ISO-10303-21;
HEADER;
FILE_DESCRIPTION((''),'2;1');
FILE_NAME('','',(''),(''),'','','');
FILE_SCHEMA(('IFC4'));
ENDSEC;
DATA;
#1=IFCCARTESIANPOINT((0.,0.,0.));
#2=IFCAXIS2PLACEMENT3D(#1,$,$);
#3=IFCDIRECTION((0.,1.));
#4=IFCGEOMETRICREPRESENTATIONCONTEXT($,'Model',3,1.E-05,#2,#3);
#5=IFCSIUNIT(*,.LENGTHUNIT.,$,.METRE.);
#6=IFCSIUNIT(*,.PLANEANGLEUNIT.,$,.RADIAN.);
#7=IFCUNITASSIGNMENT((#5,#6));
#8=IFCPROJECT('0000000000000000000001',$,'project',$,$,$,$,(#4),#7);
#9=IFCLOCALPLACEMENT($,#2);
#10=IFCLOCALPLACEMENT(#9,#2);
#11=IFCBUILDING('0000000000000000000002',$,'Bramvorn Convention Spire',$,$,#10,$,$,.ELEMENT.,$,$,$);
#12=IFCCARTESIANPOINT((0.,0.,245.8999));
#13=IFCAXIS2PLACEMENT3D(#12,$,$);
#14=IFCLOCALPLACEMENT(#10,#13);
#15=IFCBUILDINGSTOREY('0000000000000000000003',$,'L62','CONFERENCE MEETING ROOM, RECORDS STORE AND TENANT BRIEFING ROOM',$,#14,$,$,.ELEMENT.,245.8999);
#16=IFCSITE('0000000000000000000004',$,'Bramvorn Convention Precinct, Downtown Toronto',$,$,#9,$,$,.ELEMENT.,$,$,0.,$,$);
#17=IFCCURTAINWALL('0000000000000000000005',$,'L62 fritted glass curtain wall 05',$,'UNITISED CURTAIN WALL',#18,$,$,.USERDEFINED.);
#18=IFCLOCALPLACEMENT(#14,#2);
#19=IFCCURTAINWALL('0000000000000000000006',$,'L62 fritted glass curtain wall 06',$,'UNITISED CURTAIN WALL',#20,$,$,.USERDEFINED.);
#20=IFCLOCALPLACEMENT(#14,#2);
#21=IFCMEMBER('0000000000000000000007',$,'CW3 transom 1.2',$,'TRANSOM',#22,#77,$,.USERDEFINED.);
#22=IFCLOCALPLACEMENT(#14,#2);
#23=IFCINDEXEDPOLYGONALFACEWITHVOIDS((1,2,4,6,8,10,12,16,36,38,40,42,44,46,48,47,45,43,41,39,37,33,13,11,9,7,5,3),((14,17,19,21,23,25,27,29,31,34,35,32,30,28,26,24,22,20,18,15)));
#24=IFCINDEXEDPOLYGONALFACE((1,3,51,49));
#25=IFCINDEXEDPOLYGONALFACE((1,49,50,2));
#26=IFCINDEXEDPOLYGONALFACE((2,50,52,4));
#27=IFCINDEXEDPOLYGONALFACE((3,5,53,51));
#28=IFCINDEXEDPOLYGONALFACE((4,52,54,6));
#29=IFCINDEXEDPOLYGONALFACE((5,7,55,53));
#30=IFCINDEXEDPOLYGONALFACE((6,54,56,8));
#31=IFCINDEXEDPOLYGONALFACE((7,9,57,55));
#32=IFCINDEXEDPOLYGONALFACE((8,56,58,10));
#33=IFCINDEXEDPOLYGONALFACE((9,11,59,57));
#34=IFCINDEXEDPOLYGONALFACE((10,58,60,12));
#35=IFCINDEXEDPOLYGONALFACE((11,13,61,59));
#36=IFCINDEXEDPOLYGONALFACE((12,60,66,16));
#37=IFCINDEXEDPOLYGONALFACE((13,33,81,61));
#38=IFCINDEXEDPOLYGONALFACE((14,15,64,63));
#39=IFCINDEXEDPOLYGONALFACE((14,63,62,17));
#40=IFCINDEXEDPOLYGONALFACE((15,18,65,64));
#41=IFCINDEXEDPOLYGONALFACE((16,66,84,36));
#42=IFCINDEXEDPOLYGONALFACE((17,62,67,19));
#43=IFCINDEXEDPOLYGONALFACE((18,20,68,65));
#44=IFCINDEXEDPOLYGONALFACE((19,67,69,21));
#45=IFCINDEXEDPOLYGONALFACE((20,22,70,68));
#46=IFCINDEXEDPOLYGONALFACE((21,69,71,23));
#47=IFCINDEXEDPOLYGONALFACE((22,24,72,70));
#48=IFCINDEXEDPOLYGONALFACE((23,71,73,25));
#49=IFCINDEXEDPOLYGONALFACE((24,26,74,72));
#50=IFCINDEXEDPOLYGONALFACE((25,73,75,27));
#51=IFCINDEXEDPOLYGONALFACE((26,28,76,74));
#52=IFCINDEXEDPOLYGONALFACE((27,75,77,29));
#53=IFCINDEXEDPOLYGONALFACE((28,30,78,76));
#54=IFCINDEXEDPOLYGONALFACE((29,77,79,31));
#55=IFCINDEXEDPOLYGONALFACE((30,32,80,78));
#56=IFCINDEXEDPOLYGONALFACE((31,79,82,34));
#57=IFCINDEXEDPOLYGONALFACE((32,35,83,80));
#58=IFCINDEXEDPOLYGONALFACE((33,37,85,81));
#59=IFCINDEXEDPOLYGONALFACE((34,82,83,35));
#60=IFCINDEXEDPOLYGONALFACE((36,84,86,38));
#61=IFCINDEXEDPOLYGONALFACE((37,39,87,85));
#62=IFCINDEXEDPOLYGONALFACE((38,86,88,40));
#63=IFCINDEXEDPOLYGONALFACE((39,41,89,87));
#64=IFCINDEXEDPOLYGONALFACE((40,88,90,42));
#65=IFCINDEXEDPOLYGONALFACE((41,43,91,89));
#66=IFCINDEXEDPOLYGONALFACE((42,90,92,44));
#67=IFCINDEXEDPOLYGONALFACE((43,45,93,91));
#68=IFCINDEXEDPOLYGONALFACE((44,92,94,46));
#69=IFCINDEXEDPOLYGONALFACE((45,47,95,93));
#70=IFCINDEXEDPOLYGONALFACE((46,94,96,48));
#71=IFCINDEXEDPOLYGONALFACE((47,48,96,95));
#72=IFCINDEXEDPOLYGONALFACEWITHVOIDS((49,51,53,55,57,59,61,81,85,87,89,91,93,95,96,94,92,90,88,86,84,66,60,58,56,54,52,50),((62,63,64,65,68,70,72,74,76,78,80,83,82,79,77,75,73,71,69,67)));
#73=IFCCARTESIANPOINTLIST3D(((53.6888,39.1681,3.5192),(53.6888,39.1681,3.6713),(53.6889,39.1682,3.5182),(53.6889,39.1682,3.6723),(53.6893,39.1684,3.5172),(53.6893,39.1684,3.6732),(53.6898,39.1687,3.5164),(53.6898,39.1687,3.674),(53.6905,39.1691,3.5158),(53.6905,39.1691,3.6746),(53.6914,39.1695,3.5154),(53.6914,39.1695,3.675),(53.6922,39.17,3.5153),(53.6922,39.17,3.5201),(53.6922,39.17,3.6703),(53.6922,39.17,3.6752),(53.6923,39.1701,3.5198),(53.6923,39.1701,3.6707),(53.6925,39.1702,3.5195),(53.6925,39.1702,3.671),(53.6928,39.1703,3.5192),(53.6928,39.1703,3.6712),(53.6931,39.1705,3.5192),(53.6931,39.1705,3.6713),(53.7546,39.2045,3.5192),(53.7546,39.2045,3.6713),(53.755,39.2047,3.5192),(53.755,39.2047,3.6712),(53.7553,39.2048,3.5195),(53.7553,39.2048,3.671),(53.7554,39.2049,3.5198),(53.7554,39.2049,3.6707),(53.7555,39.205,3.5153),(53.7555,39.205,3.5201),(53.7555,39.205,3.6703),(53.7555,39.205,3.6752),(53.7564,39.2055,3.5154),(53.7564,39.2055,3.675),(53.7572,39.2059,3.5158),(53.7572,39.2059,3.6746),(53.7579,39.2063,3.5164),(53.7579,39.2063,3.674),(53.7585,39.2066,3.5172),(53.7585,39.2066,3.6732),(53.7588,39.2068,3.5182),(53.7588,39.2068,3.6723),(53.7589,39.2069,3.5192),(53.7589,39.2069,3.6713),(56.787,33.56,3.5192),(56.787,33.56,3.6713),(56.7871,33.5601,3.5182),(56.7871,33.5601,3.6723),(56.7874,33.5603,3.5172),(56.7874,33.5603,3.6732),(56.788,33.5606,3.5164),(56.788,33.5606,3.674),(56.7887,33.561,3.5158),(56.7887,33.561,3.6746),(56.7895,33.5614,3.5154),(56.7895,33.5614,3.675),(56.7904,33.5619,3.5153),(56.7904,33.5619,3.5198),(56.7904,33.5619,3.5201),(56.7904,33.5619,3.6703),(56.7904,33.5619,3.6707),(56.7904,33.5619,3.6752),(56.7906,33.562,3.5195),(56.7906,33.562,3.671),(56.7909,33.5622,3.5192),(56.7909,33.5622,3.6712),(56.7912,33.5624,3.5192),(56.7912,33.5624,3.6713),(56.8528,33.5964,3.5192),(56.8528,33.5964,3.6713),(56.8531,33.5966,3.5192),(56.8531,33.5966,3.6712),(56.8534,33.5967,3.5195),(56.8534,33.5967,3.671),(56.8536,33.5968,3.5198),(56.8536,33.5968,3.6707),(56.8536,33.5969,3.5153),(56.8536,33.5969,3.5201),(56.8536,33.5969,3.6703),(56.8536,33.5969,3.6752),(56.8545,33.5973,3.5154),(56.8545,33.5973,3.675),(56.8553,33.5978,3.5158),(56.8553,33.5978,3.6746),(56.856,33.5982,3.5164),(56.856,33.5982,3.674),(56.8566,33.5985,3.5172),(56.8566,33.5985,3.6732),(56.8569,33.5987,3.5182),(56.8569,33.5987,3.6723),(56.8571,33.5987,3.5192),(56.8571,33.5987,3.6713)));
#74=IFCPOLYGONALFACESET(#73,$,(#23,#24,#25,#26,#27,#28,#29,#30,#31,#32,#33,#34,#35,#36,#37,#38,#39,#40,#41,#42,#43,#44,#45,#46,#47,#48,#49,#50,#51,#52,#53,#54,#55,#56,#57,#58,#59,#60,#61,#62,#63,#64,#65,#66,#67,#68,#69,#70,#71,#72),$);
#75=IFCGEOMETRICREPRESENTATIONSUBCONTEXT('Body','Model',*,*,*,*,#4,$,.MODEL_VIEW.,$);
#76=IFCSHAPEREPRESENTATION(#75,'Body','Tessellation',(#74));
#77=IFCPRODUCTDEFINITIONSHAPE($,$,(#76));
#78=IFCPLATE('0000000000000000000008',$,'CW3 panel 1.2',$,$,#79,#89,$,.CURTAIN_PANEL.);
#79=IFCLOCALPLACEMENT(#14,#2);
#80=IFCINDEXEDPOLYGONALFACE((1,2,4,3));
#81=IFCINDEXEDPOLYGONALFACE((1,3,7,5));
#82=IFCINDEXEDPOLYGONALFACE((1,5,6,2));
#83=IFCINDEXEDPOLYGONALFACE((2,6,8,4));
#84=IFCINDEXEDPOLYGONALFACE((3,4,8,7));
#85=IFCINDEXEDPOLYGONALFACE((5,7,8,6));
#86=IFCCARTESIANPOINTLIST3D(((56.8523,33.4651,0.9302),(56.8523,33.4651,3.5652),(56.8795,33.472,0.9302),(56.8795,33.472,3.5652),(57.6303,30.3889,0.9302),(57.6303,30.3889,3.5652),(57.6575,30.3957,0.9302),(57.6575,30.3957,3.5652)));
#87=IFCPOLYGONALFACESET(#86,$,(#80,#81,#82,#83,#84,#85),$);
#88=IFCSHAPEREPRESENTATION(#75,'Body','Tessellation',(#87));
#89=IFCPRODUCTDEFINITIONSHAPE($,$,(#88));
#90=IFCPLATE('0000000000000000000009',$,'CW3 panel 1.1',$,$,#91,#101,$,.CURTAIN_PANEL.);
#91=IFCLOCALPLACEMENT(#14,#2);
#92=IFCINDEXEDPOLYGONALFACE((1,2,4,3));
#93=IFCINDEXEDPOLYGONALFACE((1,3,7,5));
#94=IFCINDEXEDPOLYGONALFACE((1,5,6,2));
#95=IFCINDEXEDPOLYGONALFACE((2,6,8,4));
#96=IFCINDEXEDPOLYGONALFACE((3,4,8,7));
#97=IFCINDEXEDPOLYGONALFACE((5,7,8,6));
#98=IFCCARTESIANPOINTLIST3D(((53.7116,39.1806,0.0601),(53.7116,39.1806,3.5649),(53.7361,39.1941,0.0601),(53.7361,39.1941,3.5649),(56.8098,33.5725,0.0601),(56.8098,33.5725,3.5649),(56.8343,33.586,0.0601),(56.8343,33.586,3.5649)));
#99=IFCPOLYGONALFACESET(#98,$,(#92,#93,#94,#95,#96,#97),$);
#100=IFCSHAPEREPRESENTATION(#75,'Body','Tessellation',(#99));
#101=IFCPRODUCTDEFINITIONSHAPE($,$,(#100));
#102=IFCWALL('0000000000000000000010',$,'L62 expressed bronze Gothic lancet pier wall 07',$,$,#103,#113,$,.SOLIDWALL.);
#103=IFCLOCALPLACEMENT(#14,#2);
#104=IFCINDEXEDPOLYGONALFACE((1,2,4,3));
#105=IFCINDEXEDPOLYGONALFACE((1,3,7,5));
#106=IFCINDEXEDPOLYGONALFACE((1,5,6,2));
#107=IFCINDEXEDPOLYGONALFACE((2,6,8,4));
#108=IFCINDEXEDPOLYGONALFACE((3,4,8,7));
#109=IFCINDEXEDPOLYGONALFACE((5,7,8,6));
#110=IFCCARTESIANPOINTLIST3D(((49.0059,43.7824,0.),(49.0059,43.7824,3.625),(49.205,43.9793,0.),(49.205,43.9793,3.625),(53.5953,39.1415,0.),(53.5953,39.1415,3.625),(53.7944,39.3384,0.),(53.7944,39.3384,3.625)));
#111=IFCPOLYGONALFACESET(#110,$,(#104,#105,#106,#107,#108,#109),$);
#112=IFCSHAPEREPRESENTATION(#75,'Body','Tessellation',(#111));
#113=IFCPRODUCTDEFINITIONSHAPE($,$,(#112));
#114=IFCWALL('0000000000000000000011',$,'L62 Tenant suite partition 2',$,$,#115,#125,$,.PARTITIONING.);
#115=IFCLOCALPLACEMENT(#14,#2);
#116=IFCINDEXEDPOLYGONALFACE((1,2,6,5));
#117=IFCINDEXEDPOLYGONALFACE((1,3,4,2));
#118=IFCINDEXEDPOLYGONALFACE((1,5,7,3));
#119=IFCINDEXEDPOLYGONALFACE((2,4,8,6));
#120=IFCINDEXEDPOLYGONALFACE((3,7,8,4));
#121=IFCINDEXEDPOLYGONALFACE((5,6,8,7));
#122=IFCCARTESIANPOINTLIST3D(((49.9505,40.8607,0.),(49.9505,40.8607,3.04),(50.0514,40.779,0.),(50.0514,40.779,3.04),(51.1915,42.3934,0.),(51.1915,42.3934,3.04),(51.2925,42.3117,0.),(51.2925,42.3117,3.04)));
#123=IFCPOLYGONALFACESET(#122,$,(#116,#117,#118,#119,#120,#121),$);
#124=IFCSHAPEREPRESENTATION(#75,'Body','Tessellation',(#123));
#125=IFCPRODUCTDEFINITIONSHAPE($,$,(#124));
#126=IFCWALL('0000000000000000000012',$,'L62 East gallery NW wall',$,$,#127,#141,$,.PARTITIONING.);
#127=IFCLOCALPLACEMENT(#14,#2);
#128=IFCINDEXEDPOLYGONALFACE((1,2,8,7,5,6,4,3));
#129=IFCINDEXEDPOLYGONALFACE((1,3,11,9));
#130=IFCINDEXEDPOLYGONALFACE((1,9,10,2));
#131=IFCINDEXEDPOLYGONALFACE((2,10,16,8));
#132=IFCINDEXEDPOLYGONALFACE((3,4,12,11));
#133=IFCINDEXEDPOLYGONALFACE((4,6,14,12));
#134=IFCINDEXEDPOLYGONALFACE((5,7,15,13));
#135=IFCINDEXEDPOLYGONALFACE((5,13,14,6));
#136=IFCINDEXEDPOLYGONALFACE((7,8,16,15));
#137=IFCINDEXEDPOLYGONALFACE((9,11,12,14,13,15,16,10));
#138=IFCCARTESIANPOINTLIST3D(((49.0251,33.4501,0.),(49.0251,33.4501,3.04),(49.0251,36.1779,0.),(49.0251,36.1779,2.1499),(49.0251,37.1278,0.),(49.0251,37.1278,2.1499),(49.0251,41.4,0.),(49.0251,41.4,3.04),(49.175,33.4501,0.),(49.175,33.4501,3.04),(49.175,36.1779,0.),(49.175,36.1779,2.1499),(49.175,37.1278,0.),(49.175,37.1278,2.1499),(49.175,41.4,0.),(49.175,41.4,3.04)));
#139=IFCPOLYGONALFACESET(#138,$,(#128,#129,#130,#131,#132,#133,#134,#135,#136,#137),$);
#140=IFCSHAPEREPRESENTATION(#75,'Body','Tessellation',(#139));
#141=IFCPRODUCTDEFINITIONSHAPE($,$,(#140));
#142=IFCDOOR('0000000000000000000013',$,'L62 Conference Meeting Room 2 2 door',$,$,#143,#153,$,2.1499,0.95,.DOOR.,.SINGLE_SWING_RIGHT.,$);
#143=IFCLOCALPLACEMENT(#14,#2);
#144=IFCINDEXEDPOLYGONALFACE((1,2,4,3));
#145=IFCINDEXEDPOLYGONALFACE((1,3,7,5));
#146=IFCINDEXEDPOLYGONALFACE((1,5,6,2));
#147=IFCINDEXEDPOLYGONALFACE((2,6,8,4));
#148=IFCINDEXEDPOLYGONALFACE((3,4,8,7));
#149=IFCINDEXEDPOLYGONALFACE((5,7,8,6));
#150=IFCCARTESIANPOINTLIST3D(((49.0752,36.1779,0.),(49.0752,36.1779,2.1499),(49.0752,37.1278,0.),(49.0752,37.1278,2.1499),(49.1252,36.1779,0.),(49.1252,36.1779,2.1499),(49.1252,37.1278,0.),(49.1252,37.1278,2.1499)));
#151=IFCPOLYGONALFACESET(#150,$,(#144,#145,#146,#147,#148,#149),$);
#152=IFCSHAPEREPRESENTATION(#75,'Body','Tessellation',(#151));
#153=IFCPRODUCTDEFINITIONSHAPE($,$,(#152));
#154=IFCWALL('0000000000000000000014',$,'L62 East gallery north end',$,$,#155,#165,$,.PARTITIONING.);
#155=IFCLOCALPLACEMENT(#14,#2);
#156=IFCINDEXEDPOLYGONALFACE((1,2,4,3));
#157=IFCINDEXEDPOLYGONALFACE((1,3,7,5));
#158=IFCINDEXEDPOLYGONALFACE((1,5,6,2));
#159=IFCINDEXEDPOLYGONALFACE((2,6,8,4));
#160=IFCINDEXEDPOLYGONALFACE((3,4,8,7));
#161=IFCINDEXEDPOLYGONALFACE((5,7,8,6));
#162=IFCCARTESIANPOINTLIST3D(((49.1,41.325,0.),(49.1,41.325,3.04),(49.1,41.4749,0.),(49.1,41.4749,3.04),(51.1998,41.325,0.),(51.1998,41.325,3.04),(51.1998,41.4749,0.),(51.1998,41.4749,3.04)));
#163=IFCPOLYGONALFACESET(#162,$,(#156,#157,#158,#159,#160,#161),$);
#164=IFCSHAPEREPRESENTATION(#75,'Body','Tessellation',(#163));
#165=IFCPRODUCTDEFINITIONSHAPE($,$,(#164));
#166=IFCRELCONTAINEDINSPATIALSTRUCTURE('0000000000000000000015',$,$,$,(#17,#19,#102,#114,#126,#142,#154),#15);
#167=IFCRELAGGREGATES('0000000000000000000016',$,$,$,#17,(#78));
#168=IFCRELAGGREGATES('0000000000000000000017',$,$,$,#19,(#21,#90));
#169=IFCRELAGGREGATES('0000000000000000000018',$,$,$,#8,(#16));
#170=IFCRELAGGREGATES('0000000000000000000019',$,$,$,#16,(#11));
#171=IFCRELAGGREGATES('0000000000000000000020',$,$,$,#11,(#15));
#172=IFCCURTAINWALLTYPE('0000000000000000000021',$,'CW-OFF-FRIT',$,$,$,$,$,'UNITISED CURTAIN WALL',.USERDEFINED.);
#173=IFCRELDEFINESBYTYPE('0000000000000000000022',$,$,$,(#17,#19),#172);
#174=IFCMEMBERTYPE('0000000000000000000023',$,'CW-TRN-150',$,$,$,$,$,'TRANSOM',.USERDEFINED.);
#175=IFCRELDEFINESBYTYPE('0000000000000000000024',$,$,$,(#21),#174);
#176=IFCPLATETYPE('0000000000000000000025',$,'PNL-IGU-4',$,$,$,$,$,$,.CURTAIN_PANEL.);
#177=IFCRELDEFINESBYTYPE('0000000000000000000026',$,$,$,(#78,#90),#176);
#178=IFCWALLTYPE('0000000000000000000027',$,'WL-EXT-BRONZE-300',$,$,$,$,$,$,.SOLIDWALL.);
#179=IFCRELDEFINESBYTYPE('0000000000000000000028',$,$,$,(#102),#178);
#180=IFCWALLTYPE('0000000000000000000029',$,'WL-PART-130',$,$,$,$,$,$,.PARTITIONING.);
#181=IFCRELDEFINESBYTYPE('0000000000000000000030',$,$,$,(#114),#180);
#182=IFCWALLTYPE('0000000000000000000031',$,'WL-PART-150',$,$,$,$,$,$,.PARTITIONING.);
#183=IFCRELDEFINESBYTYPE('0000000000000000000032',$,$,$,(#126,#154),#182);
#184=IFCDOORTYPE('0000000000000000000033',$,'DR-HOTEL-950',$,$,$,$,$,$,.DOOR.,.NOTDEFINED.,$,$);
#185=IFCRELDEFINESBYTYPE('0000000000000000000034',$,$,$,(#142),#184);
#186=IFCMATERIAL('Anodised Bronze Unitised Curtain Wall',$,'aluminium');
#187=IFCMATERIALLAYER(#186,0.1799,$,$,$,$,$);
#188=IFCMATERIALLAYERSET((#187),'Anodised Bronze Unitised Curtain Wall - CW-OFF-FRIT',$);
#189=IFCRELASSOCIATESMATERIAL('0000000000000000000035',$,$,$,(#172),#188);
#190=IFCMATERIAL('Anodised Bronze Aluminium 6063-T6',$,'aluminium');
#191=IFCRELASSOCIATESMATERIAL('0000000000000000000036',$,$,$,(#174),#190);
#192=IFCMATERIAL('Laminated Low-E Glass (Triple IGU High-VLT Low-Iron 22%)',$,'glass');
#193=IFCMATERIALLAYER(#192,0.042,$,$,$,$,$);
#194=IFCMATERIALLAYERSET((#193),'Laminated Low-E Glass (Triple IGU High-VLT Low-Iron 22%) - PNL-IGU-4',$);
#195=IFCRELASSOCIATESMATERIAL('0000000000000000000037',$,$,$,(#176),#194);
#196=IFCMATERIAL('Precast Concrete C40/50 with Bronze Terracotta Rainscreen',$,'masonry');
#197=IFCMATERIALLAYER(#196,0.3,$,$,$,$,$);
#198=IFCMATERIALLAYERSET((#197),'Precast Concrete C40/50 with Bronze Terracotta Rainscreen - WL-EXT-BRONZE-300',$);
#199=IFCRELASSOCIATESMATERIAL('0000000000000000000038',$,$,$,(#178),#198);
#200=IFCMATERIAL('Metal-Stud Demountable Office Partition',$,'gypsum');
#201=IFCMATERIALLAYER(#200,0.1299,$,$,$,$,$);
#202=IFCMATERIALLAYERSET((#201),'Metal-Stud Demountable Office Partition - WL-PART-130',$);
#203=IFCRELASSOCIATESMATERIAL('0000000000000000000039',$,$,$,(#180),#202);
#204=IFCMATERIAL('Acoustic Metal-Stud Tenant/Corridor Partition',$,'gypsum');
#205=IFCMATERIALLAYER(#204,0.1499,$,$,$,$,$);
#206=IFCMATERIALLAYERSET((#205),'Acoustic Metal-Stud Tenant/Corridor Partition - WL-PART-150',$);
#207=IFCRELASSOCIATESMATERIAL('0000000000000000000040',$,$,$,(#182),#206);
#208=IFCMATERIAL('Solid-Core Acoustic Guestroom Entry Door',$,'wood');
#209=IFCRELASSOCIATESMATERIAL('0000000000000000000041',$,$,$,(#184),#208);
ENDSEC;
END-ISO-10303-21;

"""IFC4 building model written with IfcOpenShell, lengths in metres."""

from ifc_helpers import new_model, si_unit, direction, frame, frame_2d, origin, origin_2d, place, context, subcontext, project, spatial, rectangle, hollow_rectangle, extrude, material, layer, layer_set, material_profile, profile_set, type_object, element, fill, aggregate, save


model = new_model("IFC4")

# Units and contexts
model_context = context("Model", 3, precision=1e-05, world=origin(), true_north=direction((0.0, 1.0)))
body_context = subcontext(model_context, "Body", "Model", "MODEL_VIEW")
ifc_project = project(units=[si_unit("LENGTHUNIT", "METRE"), si_unit("PLANEANGLEUNIT", "RADIAN")], contexts=[model_context])

# Site, building, storey
site_placement = place(None, origin())
site = spatial("IfcSite", under=ifc_project, at=site_placement, Name="Bramvorn Convention Precinct, Downtown Toronto", CompositionType="ELEMENT", RefElevation=0.0)
building_placement = place(site_placement, origin())
building = spatial("IfcBuilding", under=site, at=building_placement, Name="Bramvorn Convention Spire", CompositionType="ELEMENT")
storey_placement = place(building_placement, frame((0.0, 0.0, 245.8999)))
storey = spatial("IfcBuildingStorey", under=building, at=storey_placement, Name="L62", Description="CONFERENCE MEETING ROOM, RECORDS STORE AND TENANT BRIEFING ROOM", CompositionType="ELEMENT", Elevation=245.8999)

# Curtain wall
ifc_material_1 = material(Name="Anodised Bronze Unitised Curtain Wall", Category="aluminium")
ifc_layer_1 = layer(ifc_material_1, 0.1799)
ifc_layer_set_1 = layer_set([ifc_layer_1], Name="Anodised Bronze Unitised Curtain Wall - CW-OFF-FRIT")
curtain_wall_type = type_object("IfcCurtainWallType", Name="CW-OFF-FRIT", ElementType="UNITISED CURTAIN WALL", PredefinedType="USERDEFINED", material=ifc_layer_set_1)
curtain_wall_1_placement = place(storey_placement, origin())
curtain_wall_1 = element("IfcCurtainWall", 1, at=curtain_wall_1_placement, inside=storey, type_object=curtain_wall_type, Name="L62 fritted glass curtain wall 05", ObjectType="UNITISED CURTAIN WALL", PredefinedType="USERDEFINED")
ifc_material_2 = material(Name="Anodised Bronze Aluminium 6063-T6", Category="aluminium")

# Curtain wall
curtain_wall_2_placement = place(storey_placement, origin())
curtain_wall_2 = element("IfcCurtainWall", 2, at=curtain_wall_2_placement, inside=storey, type_object=curtain_wall_type, Name="L62 fritted glass curtain wall 06", ObjectType="UNITISED CURTAIN WALL", PredefinedType="USERDEFINED")

# Member
ifc_material_profile_1 = material_profile(ifc_material_2, hollow_rectangle(XDim=0.0801, YDim=0.1599, WallThickness=0.0039, InnerFilletRadius=0.001, OuterFilletRadius=0.0039, at=origin_2d()))
ifc_profile_set_1 = profile_set([ifc_material_profile_1], Name="Anodised Bronze Aluminium 6063-T6 - CWT80X160")
member_type_1 = type_object("IfcMemberType", Name="CW-TRN-150", ElementType="TRANSOM", PredefinedType="USERDEFINED", material=ifc_profile_set_1)
member_1_placement = place(storey_placement, frame((53.7239, 39.1875, 3.5952), z_axis=(0.483555, -0.875314, 0.0), x_axis=(0.875314, 0.483555, 0.0)))
member_1 = element("IfcMember", 3, at=member_1_placement, type_object=member_type_1, Name="CW3 transom 1.2", ObjectType="TRANSOM", PredefinedType="USERDEFINED", context=body_context, shape_type="SweptSolid", body=[
    extrude(hollow_rectangle(XDim=0.0801, YDim=0.1599, WallThickness=0.0039, InnerFilletRadius=0.001, OuterFilletRadius=0.0039, at=origin_2d()), origin(), (0.0, 0.0, 1.0), 6.407),
])

# Plates
ifc_material_3 = material(Name="Laminated Low-E Glass (Triple IGU High-VLT Low-Iron 22%)", Category="glass")
ifc_layer_2 = layer(ifc_material_3, 0.042)
ifc_layer_set_2 = layer_set([ifc_layer_2], Name="Laminated Low-E Glass (Triple IGU High-VLT Low-Iron 22%) - PNL-IGU-4")
plate_type = type_object("IfcPlateType", Name="PNL-IGU-4", PredefinedType="CURTAIN_PANEL", material=ifc_layer_set_2)
plate_1_placement = place(storey_placement, frame((57.2549, 31.9304, 0.9302), z_axis=(0.0, 0.0, 1.0), x_axis=(0.245181, -0.969477, 0.0)))
plate_1 = element("IfcPlate", 4, at=plate_1_placement, type_object=plate_type, Name="CW3 panel 1.2", PredefinedType="CURTAIN_PANEL", context=body_context, shape_type="SweptSolid", body=[
    extrude(rectangle(XDim=3.1731, YDim=0.0281, at=origin_2d()), origin(), (0.0, 0.0, 1.0), 2.635),
])
aggregate(curtain_wall_1, [plate_1])
plate_2_placement = place(storey_placement, frame((55.2729, 36.3833, 0.0601), z_axis=(0.0, 0.0, 1.0), x_axis=(0.483564, -0.875309, 0.0)))
plate_2 = element("IfcPlate", 5, at=plate_2_placement, type_object=plate_type, Name="CW3 panel 1.1", PredefinedType="CURTAIN_PANEL", context=body_context, shape_type="SweptSolid", body=[
    extrude(rectangle(XDim=6.407, YDim=0.0281, at=origin_2d()), origin(), (0.0, 0.0, 1.0), 3.5049),
])
aggregate(curtain_wall_2, [member_1, plate_2])

# Walls
ifc_material_4 = material(Name="Precast Concrete C40/50 with Bronze Terracotta Rainscreen", Category="masonry")
ifc_layer_3 = layer(ifc_material_4, 0.3)
ifc_layer_set_3 = layer_set([ifc_layer_3], Name="Precast Concrete C40/50 with Bronze Terracotta Rainscreen - WL-EXT-BRONZE-300")
wall_type_1 = type_object("IfcWallType", Name="WL-EXT-BRONZE-300", PredefinedType="SOLIDWALL", material=ifc_layer_set_3)
wall_1_placement = place(storey_placement, frame((49.1055, 43.8809, 0.0), z_axis=(0.0, 0.0, 1.0), x_axis=(0.703149, -0.711042, 0.0)))
element("IfcWall", 6, at=wall_1_placement, inside=storey, type_object=wall_type_1, Name="L62 expressed bronze Gothic lancet pier wall 07", PredefinedType="SOLIDWALL", context=body_context, shape_type="SweptSolid", body=[
    extrude(rectangle(XDim=6.5269, YDim=0.28, at=frame_2d((3.2634, 0.0))), origin(), (0.0, 0.0, 1.0), 3.625),
])
ifc_material_5 = material(Name="Metal-Stud Demountable Office Partition", Category="gypsum")
ifc_layer_4 = layer(ifc_material_5, 0.1299)
ifc_layer_set_4 = layer_set([ifc_layer_4], Name="Metal-Stud Demountable Office Partition - WL-PART-130")
wall_type_2 = type_object("IfcWallType", Name="WL-PART-130", PredefinedType="PARTITIONING", material=ifc_layer_set_4)
wall_2_placement = place(storey_placement, frame((50.001, 40.8198, 0.0), z_axis=(0.0, 0.0, 1.0), x_axis=(0.629259, 0.777196, 0.0)))
element("IfcWall", 7, at=wall_2_placement, inside=storey, type_object=wall_type_2, Name="L62 Tenant suite partition 2", PredefinedType="PARTITIONING", context=body_context, shape_type="SweptSolid", body=[
    extrude(rectangle(XDim=1.9722, YDim=0.1299, at=frame_2d((0.9861, 0.0))), origin(), (0.0, 0.0, 1.0), 3.04),
])

# Wall, opening, door
ifc_material_6 = material(Name="Acoustic Metal-Stud Tenant/Corridor Partition", Category="gypsum")
ifc_layer_5 = layer(ifc_material_6, 0.1499)
ifc_layer_set_5 = layer_set([ifc_layer_5], Name="Acoustic Metal-Stud Tenant/Corridor Partition - WL-PART-150")
wall_type_3 = type_object("IfcWallType", Name="WL-PART-150", PredefinedType="PARTITIONING", material=ifc_layer_set_5)
wall_3_placement = place(storey_placement, frame((49.1001, 33.45, 0.0), z_axis=(0.0, 0.0, 1.0), x_axis=(0.0, 1.0, 0.0)))
wall_3 = element("IfcWall", 8, at=wall_3_placement, inside=storey, type_object=wall_type_3, Name="L62 East gallery NW wall", PredefinedType="PARTITIONING", context=body_context, shape_type="SweptSolid", body=[
    extrude(rectangle(XDim=7.95, YDim=0.1499, at=frame_2d((3.9751, 0.0))), origin(), (0.0, 0.0, 1.0), 3.04),
])
opening_placement = place(wall_3_placement, frame((2.7278, 0.0, 0.0)))
opening = element("IfcOpeningElement", 9, at=opening_placement, cuts=wall_3, PredefinedType="OPENING", context=body_context, shape_type="SweptSolid", body=[
    extrude(rectangle(XDim=0.95, YDim=2.1499, at=frame_2d((0.4751, 1.075))), frame((0.0, 0.085, 0.0), z_axis=(0.0, -1.0, 0.0), x_axis=(1.0, 0.0, 0.0)), (0.0, 0.0, 1.0), 0.1699),
])
ifc_material_7 = material(Name="Solid-Core Acoustic Guestroom Entry Door", Category="wood")
door_type = type_object("IfcDoorType", Name="DR-HOTEL-950", OperationType="NOTDEFINED", PredefinedType="DOOR", material=ifc_material_7)
door_placement = place(opening_placement, origin())
door = element("IfcDoor", 10, at=door_placement, inside=storey, type_object=door_type, Name="L62 Conference Meeting Room 2 2 door", OperationType="SINGLE_SWING_RIGHT", OverallHeight=2.1499, OverallWidth=0.95, PredefinedType="DOOR", context=body_context, shape_type="SweptSolid", body=[
    extrude(rectangle(XDim=0.95, YDim=2.1499, at=frame_2d((0.4751, 1.075))), frame((0.0, 0.0249, 0.0), z_axis=(0.0, -1.0, 0.0), x_axis=(1.0, 0.0, 0.0)), (0.0, 0.0, 1.0), 0.05),
])
fill(opening, door)

# Wall
wall_4_placement = place(storey_placement, frame((49.1001, 41.3999, 0.0), z_axis=(0.0, 0.0, 1.0), x_axis=(1.0, 0.0, 0.0)))
element("IfcWall", 11, at=wall_4_placement, inside=storey, type_object=wall_type_3, Name="L62 East gallery north end", PredefinedType="PARTITIONING", context=body_context, shape_type="SweptSolid", body=[
    extrude(rectangle(XDim=2.0999, YDim=0.1499, at=frame_2d((1.0498, 0.0))), origin(), (0.0, 0.0, 1.0), 3.04),
])

save(model, "model.ifc")
